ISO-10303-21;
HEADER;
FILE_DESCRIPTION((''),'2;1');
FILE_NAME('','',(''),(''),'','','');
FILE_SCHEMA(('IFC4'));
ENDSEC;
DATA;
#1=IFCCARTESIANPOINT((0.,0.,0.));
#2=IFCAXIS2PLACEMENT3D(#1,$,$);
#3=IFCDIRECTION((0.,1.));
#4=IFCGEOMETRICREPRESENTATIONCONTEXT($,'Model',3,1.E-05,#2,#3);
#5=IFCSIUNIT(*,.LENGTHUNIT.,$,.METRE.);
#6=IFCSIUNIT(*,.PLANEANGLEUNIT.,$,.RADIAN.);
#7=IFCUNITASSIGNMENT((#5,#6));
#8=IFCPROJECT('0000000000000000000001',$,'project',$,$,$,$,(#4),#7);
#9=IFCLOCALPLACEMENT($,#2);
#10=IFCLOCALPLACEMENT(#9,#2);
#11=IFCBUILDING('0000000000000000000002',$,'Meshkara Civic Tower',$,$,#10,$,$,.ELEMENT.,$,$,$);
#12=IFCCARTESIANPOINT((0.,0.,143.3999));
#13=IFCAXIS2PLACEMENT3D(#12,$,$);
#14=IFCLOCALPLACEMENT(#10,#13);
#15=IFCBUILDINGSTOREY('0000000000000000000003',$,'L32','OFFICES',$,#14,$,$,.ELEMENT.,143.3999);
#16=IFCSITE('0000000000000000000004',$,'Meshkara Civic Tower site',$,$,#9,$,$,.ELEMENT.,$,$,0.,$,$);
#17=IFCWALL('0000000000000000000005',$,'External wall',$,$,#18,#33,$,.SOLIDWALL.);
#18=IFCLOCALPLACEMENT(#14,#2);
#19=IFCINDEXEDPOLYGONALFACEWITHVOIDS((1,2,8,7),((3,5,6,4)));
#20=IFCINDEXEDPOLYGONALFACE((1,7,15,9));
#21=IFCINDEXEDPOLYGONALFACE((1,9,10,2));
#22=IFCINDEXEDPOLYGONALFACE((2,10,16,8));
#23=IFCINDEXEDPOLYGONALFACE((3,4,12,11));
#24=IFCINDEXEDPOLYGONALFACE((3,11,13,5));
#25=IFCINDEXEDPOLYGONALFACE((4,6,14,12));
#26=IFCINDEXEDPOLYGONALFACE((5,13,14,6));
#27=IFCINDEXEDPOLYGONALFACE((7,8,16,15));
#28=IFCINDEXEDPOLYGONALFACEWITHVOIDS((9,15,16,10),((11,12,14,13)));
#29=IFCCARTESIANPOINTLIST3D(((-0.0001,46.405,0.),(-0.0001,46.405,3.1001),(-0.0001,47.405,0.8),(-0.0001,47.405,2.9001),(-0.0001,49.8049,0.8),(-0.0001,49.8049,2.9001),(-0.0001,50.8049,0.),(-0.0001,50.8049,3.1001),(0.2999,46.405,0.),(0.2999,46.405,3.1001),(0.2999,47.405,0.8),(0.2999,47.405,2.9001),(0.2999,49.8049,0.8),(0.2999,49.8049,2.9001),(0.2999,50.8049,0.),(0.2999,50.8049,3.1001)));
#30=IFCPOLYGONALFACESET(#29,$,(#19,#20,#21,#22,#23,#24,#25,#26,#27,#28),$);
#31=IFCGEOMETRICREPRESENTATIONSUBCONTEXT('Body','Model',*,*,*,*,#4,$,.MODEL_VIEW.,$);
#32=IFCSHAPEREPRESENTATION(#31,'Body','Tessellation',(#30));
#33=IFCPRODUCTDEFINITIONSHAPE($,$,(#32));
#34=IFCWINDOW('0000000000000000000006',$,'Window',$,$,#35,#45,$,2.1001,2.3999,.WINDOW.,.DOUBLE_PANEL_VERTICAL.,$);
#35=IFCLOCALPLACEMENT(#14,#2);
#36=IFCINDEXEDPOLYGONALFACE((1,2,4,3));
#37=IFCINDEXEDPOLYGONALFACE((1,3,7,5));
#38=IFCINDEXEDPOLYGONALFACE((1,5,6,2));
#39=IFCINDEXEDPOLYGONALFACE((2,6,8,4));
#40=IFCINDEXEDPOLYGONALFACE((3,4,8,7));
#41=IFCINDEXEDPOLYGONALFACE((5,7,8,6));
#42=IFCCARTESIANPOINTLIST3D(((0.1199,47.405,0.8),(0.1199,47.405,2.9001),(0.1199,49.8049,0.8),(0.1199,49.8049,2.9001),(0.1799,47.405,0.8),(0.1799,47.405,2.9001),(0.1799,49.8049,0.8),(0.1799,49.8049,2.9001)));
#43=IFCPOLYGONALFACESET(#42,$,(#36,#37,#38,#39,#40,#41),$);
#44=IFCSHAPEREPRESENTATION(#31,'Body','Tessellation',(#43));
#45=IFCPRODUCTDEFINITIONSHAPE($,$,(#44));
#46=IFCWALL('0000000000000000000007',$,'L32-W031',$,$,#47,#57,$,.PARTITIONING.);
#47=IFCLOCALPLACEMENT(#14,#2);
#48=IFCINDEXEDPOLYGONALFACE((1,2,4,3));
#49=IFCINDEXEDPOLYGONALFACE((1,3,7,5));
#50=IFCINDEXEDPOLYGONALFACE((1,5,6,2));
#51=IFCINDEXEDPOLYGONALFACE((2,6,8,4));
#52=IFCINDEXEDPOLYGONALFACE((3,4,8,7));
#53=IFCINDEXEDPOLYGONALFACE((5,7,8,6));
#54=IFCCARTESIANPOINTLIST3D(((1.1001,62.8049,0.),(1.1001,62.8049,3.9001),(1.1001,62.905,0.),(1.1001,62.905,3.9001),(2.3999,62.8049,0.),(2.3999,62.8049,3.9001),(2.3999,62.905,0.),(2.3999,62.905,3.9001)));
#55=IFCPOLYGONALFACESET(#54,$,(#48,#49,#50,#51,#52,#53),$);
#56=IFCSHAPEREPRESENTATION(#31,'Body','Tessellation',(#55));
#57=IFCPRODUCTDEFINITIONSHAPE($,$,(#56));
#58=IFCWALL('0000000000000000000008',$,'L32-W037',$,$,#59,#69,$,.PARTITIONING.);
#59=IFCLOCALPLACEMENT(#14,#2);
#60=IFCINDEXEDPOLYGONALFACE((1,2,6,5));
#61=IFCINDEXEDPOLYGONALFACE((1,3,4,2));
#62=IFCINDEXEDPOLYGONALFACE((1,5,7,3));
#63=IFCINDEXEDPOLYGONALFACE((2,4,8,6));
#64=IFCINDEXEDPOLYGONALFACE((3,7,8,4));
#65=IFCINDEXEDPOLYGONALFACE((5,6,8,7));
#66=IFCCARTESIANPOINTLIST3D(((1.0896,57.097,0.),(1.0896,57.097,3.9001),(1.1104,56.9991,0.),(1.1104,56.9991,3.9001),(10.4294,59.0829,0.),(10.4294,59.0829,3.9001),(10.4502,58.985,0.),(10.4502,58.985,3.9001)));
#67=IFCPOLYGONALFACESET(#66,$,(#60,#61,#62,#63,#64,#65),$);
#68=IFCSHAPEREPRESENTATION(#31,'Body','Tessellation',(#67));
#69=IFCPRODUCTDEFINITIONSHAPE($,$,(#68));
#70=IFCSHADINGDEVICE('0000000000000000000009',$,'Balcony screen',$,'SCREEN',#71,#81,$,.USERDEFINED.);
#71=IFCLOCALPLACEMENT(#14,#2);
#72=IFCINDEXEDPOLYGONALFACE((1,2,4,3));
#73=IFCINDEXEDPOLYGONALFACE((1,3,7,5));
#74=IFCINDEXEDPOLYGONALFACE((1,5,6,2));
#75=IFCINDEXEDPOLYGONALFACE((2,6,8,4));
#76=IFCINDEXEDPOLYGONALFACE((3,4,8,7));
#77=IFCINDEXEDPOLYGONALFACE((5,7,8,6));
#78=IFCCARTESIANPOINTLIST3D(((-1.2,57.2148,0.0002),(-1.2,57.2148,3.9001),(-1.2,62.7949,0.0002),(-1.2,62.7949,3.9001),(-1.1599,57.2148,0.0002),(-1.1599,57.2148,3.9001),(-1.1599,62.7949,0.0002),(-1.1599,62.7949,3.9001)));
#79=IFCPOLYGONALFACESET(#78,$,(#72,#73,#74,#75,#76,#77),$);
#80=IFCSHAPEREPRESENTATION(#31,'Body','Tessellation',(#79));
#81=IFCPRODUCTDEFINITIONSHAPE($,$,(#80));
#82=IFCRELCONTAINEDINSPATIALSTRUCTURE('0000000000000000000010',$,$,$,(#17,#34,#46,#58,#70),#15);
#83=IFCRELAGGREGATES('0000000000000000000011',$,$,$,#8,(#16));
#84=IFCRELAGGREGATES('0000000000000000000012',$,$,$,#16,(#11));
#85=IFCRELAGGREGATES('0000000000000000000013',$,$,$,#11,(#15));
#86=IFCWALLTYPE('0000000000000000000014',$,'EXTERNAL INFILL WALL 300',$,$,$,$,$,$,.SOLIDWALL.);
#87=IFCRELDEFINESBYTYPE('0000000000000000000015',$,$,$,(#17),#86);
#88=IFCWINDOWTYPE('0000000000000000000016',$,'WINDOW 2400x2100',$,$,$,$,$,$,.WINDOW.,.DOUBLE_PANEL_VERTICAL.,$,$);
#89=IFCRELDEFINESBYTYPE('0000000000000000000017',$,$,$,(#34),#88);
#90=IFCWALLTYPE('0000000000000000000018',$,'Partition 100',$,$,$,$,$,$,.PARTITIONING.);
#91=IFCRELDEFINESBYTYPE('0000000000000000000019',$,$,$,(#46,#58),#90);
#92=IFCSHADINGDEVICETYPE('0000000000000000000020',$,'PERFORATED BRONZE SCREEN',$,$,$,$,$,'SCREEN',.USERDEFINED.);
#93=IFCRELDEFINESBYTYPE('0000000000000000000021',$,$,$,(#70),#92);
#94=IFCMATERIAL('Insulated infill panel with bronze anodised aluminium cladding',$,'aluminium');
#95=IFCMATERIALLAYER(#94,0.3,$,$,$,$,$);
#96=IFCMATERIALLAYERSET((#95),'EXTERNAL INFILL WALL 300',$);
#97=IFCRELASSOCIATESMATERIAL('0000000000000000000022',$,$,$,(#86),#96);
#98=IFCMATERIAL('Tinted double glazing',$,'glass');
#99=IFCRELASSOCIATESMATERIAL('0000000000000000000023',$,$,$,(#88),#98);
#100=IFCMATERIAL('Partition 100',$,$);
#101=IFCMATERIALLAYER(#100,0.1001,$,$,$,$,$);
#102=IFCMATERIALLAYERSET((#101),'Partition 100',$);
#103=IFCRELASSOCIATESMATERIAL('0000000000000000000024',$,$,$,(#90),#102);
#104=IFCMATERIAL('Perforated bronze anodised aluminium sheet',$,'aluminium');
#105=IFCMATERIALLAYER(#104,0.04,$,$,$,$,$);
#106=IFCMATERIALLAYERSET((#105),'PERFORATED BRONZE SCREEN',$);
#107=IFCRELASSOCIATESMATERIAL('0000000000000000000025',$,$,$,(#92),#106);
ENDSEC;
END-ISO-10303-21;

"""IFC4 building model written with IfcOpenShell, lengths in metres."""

from ifc_helpers import new_model, si_unit, direction, frame, frame_2d, origin, origin_2d, place, context, subcontext, project, spatial, rectangle, extrude, material, layer, layer_set, type_object, element, fill, save


model = new_model("IFC4")

# Units and contexts
model_context = context("Model", 3, precision=1e-05, world=origin(), true_north=direction((0.0, 1.0)))
body_context = subcontext(model_context, "Body", "Model", "MODEL_VIEW")
ifc_project = project(units=[si_unit("LENGTHUNIT", "METRE"), si_unit("PLANEANGLEUNIT", "RADIAN")], contexts=[model_context])

# Site, building, storey
site_placement = place(None, origin())
site = spatial("IfcSite", under=ifc_project, at=site_placement, Name="Meshkara Civic Tower site", CompositionType="ELEMENT", RefElevation=0.0)
building_placement = place(site_placement, origin())
building = spatial("IfcBuilding", under=site, at=building_placement, Name="Meshkara Civic Tower", CompositionType="ELEMENT")
storey_placement = place(building_placement, frame((0.0, 0.0, 143.3999)))
storey = spatial("IfcBuildingStorey", under=building, at=storey_placement, Name="L32", Description="OFFICES", CompositionType="ELEMENT", Elevation=143.3999)

# Wall, opening, window
ifc_material_1 = material(Name="Insulated infill panel with bronze anodised aluminium cladding", Category="aluminium")
ifc_layer_1 = layer(ifc_material_1, 0.3)
ifc_layer_set_1 = layer_set([ifc_layer_1], Name="EXTERNAL INFILL WALL 300")
wall_type_1 = type_object("IfcWallType", Name="EXTERNAL INFILL WALL 300", PredefinedType="SOLIDWALL", material=ifc_layer_set_1)
ifc_material_2 = material(Name="Tinted double glazing", Category="glass")
window_type = type_object("IfcWindowType", Name="WINDOW 2400x2100", PartitioningType="DOUBLE_PANEL_VERTICAL", PredefinedType="WINDOW", material=ifc_material_2)
wall_1_placement = place(storey_placement, frame((0.1499, 50.8049, 0.0), z_axis=(0.0, 0.0, 1.0), x_axis=(0.0, -1.0, 0.0)))
wall_1 = element("IfcWall", 1, at=wall_1_placement, inside=storey, type_object=wall_type_1, Name="External wall", PredefinedType="SOLIDWALL", context=body_context, shape_type="SweptSolid", body=[
    extrude(rectangle(XDim=4.3999, YDim=0.3, at=frame_2d((2.2, 0.0))), origin(), (0.0, 0.0, 1.0), 3.1001),
])
opening_1_placement = place(wall_1_placement, frame((1.0, 0.0, 0.8)))
opening_1 = element("IfcOpeningElement", 2, at=opening_1_placement, cuts=wall_1, PredefinedType="OPENING", context=body_context, shape_type="SweptSolid", body=[
    extrude(rectangle(XDim=2.3999, YDim=2.1001, at=frame_2d((1.2, 1.05))), frame((0.0, 0.1599, 0.0), z_axis=(0.0, -1.0, 0.0), x_axis=(1.0, 0.0, 0.0)), (0.0, 0.0, 1.0), 0.3201),
])
window_1_placement = place(opening_1_placement, origin())
window_1 = element("IfcWindow", 3, at=window_1_placement, inside=storey, type_object=window_type, Name="Window", OverallHeight=2.1001, OverallWidth=2.3999, PartitioningType="DOUBLE_PANEL_VERTICAL", PredefinedType="WINDOW", context=body_context, shape_type="SweptSolid", body=[
    extrude(rectangle(XDim=2.3999, YDim=2.1001, at=frame_2d((1.2, 1.05))), frame((0.0, 0.03, 0.0), z_axis=(0.0, -1.0, 0.0), x_axis=(1.0, 0.0, 0.0)), (0.0, 0.0, 1.0), 0.0601),
])
fill(opening_1, window_1)

# Walls
ifc_material_3 = material(Name="Partition 100")
ifc_layer_2 = layer(ifc_material_3, 0.1001)
ifc_layer_set_2 = layer_set([ifc_layer_2], Name="Partition 100")
wall_type_2 = type_object("IfcWallType", Name="Partition 100", PredefinedType="PARTITIONING", material=ifc_layer_set_2)
wall_2_placement = place(storey_placement, frame((2.3999, 62.855, 0.0), z_axis=(0.0, 0.0, 1.0), x_axis=(-1.0, 0.0, 0.0)))
element("IfcWall", 4, at=wall_2_placement, inside=storey, type_object=wall_type_2, Name="L32-W031", PredefinedType="PARTITIONING", context=body_context, shape_type="SweptSolid", body=[
    extrude(rectangle(XDim=1.2998, YDim=0.1001, at=frame_2d((0.6499, 0.0))), origin(), (0.0, 0.0, 1.0), 3.9001),
])
wall_3_placement = place(storey_placement, frame((10.4399, 59.0339, 0.0), z_axis=(0.0, 0.0, 1.0), x_axis=(-0.978135, -0.207971, 0.0)))
element("IfcWall", 5, at=wall_3_placement, inside=storey, type_object=wall_type_2, Name="L32-W037", PredefinedType="PARTITIONING", context=body_context, shape_type="SweptSolid", body=[
    extrude(rectangle(XDim=9.5486, YDim=0.1001, at=frame_2d((4.7744, 0.0))), origin(), (0.0, 0.0, 1.0), 3.9001),
])

# Shading device
ifc_material_4 = material(Name="Perforated bronze anodised aluminium sheet", Category="aluminium")
ifc_layer_3 = layer(ifc_material_4, 0.04)
ifc_layer_set_3 = layer_set([ifc_layer_3], Name="PERFORATED BRONZE SCREEN")
shading_device_type = type_object("IfcShadingDeviceType", Name="PERFORATED BRONZE SCREEN", ElementType="SCREEN", PredefinedType="USERDEFINED", material=ifc_layer_set_3)
shading_device_placement = place(storey_placement, frame((-1.1799, 60.0049, 0.0002), z_axis=(0.0, 0.0, 1.0), x_axis=(0.0, -1.0, 0.0)))
element("IfcShadingDevice", 6, at=shading_device_placement, inside=storey, type_object=shading_device_type, Name="Balcony screen", ObjectType="SCREEN", PredefinedType="USERDEFINED", context=body_context, shape_type="SweptSolid", body=[
    extrude(rectangle(XDim=5.5801, YDim=0.04, at=origin_2d()), origin(), (0.0, 0.0, 1.0), 3.8999),
])

save(model, "model.ifc")
